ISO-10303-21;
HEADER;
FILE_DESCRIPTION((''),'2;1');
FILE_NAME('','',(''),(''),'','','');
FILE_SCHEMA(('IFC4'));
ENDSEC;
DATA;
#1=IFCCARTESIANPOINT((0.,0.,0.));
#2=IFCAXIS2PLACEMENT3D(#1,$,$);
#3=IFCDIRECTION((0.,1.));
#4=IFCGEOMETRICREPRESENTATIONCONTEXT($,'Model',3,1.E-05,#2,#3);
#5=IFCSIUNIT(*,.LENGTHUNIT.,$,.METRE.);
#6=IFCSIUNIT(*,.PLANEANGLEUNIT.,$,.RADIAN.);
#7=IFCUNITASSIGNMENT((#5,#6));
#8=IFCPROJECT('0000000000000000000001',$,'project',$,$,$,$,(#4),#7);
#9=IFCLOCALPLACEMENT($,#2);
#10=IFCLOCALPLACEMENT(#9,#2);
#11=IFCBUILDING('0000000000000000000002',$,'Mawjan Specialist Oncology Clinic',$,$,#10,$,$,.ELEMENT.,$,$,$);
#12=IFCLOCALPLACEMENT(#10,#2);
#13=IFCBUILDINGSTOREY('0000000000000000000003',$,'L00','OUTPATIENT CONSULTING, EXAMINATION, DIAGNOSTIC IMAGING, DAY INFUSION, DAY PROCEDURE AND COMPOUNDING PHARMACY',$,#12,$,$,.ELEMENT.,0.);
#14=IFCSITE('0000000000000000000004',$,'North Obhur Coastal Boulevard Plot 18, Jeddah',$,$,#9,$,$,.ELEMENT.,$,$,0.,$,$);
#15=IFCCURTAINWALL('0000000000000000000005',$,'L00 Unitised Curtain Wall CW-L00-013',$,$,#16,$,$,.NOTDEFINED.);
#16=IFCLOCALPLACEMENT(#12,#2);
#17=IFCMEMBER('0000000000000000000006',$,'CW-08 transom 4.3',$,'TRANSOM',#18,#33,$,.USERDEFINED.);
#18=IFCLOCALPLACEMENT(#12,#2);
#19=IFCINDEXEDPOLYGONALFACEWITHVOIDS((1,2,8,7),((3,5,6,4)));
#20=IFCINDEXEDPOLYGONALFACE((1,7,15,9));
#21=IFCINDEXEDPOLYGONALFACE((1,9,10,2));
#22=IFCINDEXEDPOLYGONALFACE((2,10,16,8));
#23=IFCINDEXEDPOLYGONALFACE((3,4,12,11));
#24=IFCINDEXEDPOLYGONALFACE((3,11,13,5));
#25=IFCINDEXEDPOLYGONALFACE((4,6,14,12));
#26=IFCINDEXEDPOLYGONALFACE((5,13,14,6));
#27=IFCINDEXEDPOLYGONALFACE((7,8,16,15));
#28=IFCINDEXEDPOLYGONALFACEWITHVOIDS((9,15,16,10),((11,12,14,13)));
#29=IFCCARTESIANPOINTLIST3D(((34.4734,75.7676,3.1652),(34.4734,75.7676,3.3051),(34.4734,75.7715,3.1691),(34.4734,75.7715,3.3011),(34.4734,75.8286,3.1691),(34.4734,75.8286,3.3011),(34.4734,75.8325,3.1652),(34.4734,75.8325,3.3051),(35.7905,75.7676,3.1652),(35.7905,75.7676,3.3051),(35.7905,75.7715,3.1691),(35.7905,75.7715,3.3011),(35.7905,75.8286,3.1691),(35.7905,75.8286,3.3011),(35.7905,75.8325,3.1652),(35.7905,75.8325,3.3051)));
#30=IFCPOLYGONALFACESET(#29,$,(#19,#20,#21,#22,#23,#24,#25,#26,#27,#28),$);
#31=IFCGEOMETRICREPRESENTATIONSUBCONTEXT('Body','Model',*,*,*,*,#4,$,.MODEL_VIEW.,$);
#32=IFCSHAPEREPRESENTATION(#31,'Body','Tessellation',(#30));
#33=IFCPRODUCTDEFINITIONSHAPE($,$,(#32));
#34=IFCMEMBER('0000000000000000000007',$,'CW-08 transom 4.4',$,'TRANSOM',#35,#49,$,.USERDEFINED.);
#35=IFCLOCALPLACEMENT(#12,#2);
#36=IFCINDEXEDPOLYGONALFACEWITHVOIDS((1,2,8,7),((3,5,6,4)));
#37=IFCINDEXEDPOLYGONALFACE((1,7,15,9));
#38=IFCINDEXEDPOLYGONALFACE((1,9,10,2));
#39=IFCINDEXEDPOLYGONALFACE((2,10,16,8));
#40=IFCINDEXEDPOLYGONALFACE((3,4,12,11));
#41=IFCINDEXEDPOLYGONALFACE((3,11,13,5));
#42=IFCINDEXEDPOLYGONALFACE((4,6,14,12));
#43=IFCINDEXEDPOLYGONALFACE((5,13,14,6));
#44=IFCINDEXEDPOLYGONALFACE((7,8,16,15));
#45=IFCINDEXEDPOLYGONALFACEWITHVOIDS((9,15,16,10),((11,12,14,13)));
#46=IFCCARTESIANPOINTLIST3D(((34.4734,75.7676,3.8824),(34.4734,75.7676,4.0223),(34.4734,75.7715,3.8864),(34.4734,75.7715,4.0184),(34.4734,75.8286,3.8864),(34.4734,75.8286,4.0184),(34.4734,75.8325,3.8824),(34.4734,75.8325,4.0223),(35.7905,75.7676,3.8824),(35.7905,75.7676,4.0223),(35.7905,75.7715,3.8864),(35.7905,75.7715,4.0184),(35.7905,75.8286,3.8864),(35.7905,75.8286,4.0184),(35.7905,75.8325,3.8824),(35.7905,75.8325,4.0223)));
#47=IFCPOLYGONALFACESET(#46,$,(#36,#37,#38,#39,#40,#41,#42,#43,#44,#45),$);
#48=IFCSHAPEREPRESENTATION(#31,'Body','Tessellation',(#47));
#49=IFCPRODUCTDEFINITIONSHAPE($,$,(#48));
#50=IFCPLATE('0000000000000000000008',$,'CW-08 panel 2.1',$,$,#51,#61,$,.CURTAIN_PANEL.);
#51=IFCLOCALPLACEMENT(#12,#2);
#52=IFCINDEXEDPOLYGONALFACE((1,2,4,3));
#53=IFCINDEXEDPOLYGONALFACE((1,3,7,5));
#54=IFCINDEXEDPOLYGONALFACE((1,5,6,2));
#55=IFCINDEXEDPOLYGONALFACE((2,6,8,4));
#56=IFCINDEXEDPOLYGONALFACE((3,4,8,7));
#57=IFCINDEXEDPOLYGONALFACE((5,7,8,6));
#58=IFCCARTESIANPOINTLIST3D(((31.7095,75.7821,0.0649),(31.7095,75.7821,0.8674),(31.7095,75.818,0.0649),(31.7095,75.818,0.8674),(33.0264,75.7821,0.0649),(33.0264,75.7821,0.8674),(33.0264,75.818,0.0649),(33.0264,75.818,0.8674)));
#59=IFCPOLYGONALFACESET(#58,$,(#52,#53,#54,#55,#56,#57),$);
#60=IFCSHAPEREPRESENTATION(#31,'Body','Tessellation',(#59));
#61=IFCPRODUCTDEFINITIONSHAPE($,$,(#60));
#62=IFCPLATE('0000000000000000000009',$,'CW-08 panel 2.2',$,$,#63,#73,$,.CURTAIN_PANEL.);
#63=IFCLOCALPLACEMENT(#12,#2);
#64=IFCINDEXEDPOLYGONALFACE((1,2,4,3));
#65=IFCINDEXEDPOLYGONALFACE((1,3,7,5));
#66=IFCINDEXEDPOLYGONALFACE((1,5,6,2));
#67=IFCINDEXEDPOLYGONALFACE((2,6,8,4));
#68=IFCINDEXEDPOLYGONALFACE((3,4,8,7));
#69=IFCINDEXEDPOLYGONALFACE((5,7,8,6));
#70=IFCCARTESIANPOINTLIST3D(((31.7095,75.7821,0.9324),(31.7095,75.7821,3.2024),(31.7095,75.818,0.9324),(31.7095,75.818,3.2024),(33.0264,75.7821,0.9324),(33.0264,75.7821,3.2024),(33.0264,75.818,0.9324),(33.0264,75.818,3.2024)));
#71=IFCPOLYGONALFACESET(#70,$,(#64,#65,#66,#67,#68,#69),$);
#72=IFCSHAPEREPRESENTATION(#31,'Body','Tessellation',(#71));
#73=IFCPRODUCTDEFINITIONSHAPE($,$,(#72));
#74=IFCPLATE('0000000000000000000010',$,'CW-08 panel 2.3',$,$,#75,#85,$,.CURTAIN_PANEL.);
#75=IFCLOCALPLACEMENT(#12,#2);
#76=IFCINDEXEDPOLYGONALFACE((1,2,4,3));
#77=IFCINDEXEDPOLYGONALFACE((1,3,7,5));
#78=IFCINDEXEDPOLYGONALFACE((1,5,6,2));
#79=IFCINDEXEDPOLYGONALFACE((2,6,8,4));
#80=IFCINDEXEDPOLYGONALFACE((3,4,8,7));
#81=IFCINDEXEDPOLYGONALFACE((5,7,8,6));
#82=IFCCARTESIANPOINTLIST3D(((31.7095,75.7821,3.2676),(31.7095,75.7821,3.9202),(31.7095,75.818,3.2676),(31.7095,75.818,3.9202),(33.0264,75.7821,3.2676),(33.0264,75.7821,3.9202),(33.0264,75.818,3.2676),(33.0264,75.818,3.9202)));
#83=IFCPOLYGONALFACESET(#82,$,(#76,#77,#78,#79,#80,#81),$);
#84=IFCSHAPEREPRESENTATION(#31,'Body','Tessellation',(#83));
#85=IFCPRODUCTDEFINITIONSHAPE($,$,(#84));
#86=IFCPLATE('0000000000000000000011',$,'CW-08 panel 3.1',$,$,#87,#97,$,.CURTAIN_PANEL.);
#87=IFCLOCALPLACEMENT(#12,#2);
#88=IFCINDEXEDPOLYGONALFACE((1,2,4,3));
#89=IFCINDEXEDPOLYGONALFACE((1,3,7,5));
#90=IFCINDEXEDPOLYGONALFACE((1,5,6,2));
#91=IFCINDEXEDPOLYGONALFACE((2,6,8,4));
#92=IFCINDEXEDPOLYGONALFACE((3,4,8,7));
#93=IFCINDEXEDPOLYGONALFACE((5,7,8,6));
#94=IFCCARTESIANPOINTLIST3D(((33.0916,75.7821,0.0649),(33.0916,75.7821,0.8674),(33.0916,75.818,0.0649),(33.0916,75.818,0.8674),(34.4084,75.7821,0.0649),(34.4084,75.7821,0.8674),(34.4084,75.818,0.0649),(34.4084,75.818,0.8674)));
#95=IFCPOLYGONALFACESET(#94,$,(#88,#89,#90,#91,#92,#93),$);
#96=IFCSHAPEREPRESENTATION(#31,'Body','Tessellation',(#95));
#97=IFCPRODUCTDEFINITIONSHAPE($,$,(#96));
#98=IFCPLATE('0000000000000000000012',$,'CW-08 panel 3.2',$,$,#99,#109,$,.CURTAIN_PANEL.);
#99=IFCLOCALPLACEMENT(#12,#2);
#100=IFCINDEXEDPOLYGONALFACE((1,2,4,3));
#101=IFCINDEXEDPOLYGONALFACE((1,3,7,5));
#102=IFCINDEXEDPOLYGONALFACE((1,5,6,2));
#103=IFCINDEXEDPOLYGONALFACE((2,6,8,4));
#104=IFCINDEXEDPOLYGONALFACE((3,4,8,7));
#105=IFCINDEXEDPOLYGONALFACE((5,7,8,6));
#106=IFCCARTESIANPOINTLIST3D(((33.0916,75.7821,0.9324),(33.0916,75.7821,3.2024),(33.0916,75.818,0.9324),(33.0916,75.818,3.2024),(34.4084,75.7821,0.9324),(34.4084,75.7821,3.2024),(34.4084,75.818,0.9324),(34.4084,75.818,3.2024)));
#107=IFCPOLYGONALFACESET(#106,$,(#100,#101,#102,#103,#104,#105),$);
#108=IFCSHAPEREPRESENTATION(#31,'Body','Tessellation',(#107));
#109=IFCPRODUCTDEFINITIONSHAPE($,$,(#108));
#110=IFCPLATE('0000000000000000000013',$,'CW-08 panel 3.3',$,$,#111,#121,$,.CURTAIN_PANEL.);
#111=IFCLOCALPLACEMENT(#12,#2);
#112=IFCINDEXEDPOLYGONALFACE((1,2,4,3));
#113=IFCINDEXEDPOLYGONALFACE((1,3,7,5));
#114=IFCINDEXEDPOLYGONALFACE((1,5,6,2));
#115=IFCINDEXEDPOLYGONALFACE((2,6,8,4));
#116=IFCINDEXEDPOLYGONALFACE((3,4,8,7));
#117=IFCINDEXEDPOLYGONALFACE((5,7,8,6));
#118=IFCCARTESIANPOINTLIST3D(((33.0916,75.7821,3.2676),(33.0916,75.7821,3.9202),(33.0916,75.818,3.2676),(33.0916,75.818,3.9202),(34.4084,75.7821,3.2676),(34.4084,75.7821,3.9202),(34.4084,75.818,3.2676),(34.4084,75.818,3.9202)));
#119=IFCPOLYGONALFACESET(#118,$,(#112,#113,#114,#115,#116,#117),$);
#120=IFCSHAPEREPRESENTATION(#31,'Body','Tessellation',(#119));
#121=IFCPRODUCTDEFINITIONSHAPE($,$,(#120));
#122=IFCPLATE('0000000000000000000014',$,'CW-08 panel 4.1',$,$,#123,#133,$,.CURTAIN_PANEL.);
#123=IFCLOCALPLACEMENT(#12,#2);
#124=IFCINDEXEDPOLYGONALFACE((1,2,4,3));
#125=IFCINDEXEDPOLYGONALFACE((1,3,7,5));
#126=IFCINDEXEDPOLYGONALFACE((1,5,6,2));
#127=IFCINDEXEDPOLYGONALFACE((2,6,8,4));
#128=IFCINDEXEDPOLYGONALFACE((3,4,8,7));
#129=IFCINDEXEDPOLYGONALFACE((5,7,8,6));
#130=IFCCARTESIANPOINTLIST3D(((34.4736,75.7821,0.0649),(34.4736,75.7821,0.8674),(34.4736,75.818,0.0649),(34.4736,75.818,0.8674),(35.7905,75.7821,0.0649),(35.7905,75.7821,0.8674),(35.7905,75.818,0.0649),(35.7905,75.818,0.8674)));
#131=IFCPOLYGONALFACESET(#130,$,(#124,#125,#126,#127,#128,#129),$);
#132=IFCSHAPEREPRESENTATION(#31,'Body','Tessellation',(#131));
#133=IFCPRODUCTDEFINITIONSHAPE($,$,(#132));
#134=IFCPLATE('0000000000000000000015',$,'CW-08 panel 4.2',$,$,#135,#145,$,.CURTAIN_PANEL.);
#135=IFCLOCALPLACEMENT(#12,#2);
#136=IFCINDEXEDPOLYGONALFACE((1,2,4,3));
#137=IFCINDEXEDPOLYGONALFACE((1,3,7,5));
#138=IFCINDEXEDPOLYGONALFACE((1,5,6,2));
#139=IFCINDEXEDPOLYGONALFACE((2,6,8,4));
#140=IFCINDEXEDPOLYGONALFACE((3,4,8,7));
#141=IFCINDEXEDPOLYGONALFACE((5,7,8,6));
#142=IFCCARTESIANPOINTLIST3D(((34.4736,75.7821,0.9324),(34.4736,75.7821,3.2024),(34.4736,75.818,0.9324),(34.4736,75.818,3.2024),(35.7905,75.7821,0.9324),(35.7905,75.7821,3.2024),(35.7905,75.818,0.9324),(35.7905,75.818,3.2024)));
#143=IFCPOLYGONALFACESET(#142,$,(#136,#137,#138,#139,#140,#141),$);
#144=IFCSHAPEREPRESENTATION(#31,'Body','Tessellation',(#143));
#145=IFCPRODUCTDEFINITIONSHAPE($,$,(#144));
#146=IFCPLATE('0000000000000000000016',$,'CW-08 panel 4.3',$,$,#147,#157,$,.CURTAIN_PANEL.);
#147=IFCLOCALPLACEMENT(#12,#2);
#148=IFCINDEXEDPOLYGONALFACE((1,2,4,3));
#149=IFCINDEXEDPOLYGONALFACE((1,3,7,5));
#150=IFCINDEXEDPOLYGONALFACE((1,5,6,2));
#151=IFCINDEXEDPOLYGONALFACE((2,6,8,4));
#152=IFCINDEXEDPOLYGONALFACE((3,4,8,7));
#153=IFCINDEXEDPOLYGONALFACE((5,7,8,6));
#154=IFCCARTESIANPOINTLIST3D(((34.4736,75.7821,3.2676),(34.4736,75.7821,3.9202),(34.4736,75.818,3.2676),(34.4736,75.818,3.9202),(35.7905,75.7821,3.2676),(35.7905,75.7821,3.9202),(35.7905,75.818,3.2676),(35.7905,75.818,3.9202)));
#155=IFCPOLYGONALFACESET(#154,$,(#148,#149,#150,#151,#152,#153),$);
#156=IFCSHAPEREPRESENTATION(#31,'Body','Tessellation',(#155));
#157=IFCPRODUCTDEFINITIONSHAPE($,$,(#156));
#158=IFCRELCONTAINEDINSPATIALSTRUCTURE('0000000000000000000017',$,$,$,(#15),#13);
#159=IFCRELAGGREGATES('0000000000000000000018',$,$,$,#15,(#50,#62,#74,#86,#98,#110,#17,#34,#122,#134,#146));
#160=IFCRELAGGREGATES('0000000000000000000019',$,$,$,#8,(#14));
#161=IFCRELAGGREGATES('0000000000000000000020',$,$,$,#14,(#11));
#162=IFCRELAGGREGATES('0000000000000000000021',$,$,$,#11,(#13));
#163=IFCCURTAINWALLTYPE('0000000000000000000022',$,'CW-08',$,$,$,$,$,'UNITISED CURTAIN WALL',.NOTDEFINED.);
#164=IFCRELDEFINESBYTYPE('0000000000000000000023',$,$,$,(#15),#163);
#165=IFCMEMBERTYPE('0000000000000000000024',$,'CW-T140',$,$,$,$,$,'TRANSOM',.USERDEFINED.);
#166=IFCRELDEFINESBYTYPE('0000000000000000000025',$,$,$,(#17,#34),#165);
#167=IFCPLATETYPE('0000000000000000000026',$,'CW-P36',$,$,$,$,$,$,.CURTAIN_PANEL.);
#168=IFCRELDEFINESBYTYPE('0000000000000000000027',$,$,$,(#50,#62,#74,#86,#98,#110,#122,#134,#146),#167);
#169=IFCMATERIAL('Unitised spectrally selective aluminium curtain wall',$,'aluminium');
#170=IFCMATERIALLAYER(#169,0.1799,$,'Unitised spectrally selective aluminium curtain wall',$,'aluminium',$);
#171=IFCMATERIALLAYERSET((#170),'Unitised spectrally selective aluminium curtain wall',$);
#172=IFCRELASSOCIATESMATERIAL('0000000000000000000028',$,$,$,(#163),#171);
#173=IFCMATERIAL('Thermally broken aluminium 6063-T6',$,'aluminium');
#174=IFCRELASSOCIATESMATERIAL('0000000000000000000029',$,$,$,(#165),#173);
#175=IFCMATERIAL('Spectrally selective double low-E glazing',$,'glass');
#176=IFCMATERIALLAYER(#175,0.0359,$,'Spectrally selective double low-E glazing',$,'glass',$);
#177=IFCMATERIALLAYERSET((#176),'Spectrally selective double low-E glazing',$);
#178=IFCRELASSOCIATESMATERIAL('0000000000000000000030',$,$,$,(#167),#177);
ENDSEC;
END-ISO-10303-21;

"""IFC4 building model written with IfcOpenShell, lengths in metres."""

from ifc_helpers import new_model, si_unit, direction, frame, origin, origin_2d, place, context, subcontext, project, spatial, rectangle, hollow_rectangle, extrude, material, layer, layer_set, material_profile, profile_set, type_object, element, aggregate, save


model = new_model("IFC4")

# Units and contexts
model_context = context("Model", 3, precision=1e-05, world=origin(), true_north=direction((0.0, 1.0)))
body_context = subcontext(model_context, "Body", "Model", "MODEL_VIEW")
ifc_project = project(units=[si_unit("LENGTHUNIT", "METRE"), si_unit("PLANEANGLEUNIT", "RADIAN")], contexts=[model_context])

# Site, building, storey
site_placement = place(None, origin())
site = spatial("IfcSite", under=ifc_project, at=site_placement, Name="North Obhur Coastal Boulevard Plot 18, Jeddah", CompositionType="ELEMENT", RefElevation=0.0)
building_placement = place(site_placement, origin())
building = spatial("IfcBuilding", under=site, at=building_placement, Name="Mawjan Specialist Oncology Clinic", CompositionType="ELEMENT")
storey_placement = place(building_placement, origin())
storey = spatial("IfcBuildingStorey", under=building, at=storey_placement, Name="L00", Description="OUTPATIENT CONSULTING, EXAMINATION, DIAGNOSTIC IMAGING, DAY INFUSION, DAY PROCEDURE AND COMPOUNDING PHARMACY", CompositionType="ELEMENT", Elevation=0.0)

# Curtain wall, members, plates
ifc_material_1 = material(Name="Unitised spectrally selective aluminium curtain wall", Category="aluminium")
ifc_layer_1 = layer(ifc_material_1, 0.1799, Name="Unitised spectrally selective aluminium curtain wall", Category="aluminium")
ifc_layer_set_1 = layer_set([ifc_layer_1], Name="Unitised spectrally selective aluminium curtain wall")
curtain_wall_type = type_object("IfcCurtainWallType", Name="CW-08", ElementType="UNITISED CURTAIN WALL", PredefinedType="NOTDEFINED", material=ifc_layer_set_1)
curtain_wall_placement = place(storey_placement, origin())
curtain_wall = element("IfcCurtainWall", 1, at=curtain_wall_placement, inside=storey, type_object=curtain_wall_type, Name="L00 Unitised Curtain Wall CW-L00-013", PredefinedType="NOTDEFINED")
ifc_material_2 = material(Name="Thermally broken aluminium 6063-T6", Category="aluminium")
ifc_material_profile_1 = material_profile(ifc_material_2, hollow_rectangle(XDim=0.0649, YDim=0.1399, WallThickness=0.0039, at=origin_2d()), Name="ALU TRANSOM 140x65x4", Category="aluminium")
ifc_profile_set_1 = profile_set([ifc_material_profile_1], Name="Thermally broken aluminium 6063-T6")
member_type_1 = type_object("IfcMemberType", Name="CW-T140", ElementType="TRANSOM", PredefinedType="USERDEFINED", material=ifc_profile_set_1)
member_1_placement = place(storey_placement, frame((34.4734, 75.8, 3.2351), z_axis=(1.0, 0.0, 0.0), x_axis=(0.0, 1.0, 0.0)))
member_1 = element("IfcMember", 2, at=member_1_placement, type_object=member_type_1, Name="CW-08 transom 4.3", ObjectType="TRANSOM", PredefinedType="USERDEFINED", context=body_context, shape_type="SweptSolid", body=[
    extrude(hollow_rectangle(XDim=0.0649, YDim=0.1399, WallThickness=0.0039, at=origin_2d()), origin(), (0.0, 0.0, 1.0), 1.3171),
])
member_2_placement = place(storey_placement, frame((34.4734, 75.8, 3.9524), z_axis=(1.0, 0.0, 0.0), x_axis=(0.0, 1.0, 0.0)))
member_2 = element("IfcMember", 3, at=member_2_placement, type_object=member_type_1, Name="CW-08 transom 4.4", ObjectType="TRANSOM", PredefinedType="USERDEFINED", context=body_context, shape_type="SweptSolid", body=[
    extrude(hollow_rectangle(XDim=0.0649, YDim=0.1399, WallThickness=0.0039, at=origin_2d()), origin(), (0.0, 0.0, 1.0), 1.3171),
])
ifc_material_3 = material(Name="Spectrally selective double low-E glazing", Category="glass")
ifc_layer_2 = layer(ifc_material_3, 0.0359, Name="Spectrally selective double low-E glazing", Category="glass")
ifc_layer_set_2 = layer_set([ifc_layer_2], Name="Spectrally selective double low-E glazing")
plate_type = type_object("IfcPlateType", Name="CW-P36", PredefinedType="CURTAIN_PANEL", material=ifc_layer_set_2)
plate_1_placement = place(storey_placement, frame((32.3679, 75.8, 0.0649), z_axis=(0.0, 0.0, 1.0), x_axis=(1.0, 0.0, 0.0)))
plate_1 = element("IfcPlate", 4, at=plate_1_placement, type_object=plate_type, Name="CW-08 panel 2.1", PredefinedType="CURTAIN_PANEL", context=body_context, shape_type="SweptSolid", body=[
    extrude(rectangle(XDim=1.3169, YDim=0.0359, at=origin_2d()), origin(), (0.0, 0.0, 1.0), 0.8025),
])
plate_2_placement = place(storey_placement, frame((32.3679, 75.8, 0.9324), z_axis=(0.0, 0.0, 1.0), x_axis=(1.0, 0.0, 0.0)))
plate_2 = element("IfcPlate", 5, at=plate_2_placement, type_object=plate_type, Name="CW-08 panel 2.2", PredefinedType="CURTAIN_PANEL", context=body_context, shape_type="SweptSolid", body=[
    extrude(rectangle(XDim=1.3169, YDim=0.0359, at=origin_2d()), origin(), (0.0, 0.0, 1.0), 2.27),
])
plate_3_placement = place(storey_placement, frame((32.3679, 75.8, 3.2676), z_axis=(0.0, 0.0, 1.0), x_axis=(1.0, 0.0, 0.0)))
plate_3 = element("IfcPlate", 6, at=plate_3_placement, type_object=plate_type, Name="CW-08 panel 2.3", PredefinedType="CURTAIN_PANEL", context=body_context, shape_type="SweptSolid", body=[
    extrude(rectangle(XDim=1.3169, YDim=0.0359, at=origin_2d()), origin(), (0.0, 0.0, 1.0), 0.6526),
])
plate_4_placement = place(storey_placement, frame((33.75, 75.8, 0.0649), z_axis=(0.0, 0.0, 1.0), x_axis=(1.0, 0.0, 0.0)))
plate_4 = element("IfcPlate", 7, at=plate_4_placement, type_object=plate_type, Name="CW-08 panel 3.1", PredefinedType="CURTAIN_PANEL", context=body_context, shape_type="SweptSolid", body=[
    extrude(rectangle(XDim=1.3169, YDim=0.0359, at=origin_2d()), origin(), (0.0, 0.0, 1.0), 0.8025),
])
plate_5_placement = place(storey_placement, frame((33.75, 75.8, 0.9324), z_axis=(0.0, 0.0, 1.0), x_axis=(1.0, 0.0, 0.0)))
plate_5 = element("IfcPlate", 8, at=plate_5_placement, type_object=plate_type, Name="CW-08 panel 3.2", PredefinedType="CURTAIN_PANEL", context=body_context, shape_type="SweptSolid", body=[
    extrude(rectangle(XDim=1.3169, YDim=0.0359, at=origin_2d()), origin(), (0.0, 0.0, 1.0), 2.27),
])
plate_6_placement = place(storey_placement, frame((33.75, 75.8, 3.2676), z_axis=(0.0, 0.0, 1.0), x_axis=(1.0, 0.0, 0.0)))
plate_6 = element("IfcPlate", 9, at=plate_6_placement, type_object=plate_type, Name="CW-08 panel 3.3", PredefinedType="CURTAIN_PANEL", context=body_context, shape_type="SweptSolid", body=[
    extrude(rectangle(XDim=1.3169, YDim=0.0359, at=origin_2d()), origin(), (0.0, 0.0, 1.0), 0.6526),
])
plate_7_placement = place(storey_placement, frame((35.1321, 75.8, 0.0649), z_axis=(0.0, 0.0, 1.0), x_axis=(1.0, 0.0, 0.0)))
plate_7 = element("IfcPlate", 10, at=plate_7_placement, type_object=plate_type, Name="CW-08 panel 4.1", PredefinedType="CURTAIN_PANEL", context=body_context, shape_type="SweptSolid", body=[
    extrude(rectangle(XDim=1.3169, YDim=0.0359, at=origin_2d()), origin(), (0.0, 0.0, 1.0), 0.8025),
])
plate_8_placement = place(storey_placement, frame((35.1321, 75.8, 0.9324), z_axis=(0.0, 0.0, 1.0), x_axis=(1.0, 0.0, 0.0)))
plate_8 = element("IfcPlate", 11, at=plate_8_placement, type_object=plate_type, Name="CW-08 panel 4.2", PredefinedType="CURTAIN_PANEL", context=body_context, shape_type="SweptSolid", body=[
    extrude(rectangle(XDim=1.3169, YDim=0.0359, at=origin_2d()), origin(), (0.0, 0.0, 1.0), 2.27),
])
plate_9_placement = place(storey_placement, frame((35.1321, 75.8, 3.2676), z_axis=(0.0, 0.0, 1.0), x_axis=(1.0, 0.0, 0.0)))
plate_9 = element("IfcPlate", 12, at=plate_9_placement, type_object=plate_type, Name="CW-08 panel 4.3", PredefinedType="CURTAIN_PANEL", context=body_context, shape_type="SweptSolid", body=[
    extrude(rectangle(XDim=1.3169, YDim=0.0359, at=origin_2d()), origin(), (0.0, 0.0, 1.0), 0.6526),
])
aggregate(curtain_wall, [plate_1, plate_2, plate_3, plate_4, plate_5, plate_6, member_1, member_2, plate_7, plate_8, plate_9])

save(model, "model.ifc")
